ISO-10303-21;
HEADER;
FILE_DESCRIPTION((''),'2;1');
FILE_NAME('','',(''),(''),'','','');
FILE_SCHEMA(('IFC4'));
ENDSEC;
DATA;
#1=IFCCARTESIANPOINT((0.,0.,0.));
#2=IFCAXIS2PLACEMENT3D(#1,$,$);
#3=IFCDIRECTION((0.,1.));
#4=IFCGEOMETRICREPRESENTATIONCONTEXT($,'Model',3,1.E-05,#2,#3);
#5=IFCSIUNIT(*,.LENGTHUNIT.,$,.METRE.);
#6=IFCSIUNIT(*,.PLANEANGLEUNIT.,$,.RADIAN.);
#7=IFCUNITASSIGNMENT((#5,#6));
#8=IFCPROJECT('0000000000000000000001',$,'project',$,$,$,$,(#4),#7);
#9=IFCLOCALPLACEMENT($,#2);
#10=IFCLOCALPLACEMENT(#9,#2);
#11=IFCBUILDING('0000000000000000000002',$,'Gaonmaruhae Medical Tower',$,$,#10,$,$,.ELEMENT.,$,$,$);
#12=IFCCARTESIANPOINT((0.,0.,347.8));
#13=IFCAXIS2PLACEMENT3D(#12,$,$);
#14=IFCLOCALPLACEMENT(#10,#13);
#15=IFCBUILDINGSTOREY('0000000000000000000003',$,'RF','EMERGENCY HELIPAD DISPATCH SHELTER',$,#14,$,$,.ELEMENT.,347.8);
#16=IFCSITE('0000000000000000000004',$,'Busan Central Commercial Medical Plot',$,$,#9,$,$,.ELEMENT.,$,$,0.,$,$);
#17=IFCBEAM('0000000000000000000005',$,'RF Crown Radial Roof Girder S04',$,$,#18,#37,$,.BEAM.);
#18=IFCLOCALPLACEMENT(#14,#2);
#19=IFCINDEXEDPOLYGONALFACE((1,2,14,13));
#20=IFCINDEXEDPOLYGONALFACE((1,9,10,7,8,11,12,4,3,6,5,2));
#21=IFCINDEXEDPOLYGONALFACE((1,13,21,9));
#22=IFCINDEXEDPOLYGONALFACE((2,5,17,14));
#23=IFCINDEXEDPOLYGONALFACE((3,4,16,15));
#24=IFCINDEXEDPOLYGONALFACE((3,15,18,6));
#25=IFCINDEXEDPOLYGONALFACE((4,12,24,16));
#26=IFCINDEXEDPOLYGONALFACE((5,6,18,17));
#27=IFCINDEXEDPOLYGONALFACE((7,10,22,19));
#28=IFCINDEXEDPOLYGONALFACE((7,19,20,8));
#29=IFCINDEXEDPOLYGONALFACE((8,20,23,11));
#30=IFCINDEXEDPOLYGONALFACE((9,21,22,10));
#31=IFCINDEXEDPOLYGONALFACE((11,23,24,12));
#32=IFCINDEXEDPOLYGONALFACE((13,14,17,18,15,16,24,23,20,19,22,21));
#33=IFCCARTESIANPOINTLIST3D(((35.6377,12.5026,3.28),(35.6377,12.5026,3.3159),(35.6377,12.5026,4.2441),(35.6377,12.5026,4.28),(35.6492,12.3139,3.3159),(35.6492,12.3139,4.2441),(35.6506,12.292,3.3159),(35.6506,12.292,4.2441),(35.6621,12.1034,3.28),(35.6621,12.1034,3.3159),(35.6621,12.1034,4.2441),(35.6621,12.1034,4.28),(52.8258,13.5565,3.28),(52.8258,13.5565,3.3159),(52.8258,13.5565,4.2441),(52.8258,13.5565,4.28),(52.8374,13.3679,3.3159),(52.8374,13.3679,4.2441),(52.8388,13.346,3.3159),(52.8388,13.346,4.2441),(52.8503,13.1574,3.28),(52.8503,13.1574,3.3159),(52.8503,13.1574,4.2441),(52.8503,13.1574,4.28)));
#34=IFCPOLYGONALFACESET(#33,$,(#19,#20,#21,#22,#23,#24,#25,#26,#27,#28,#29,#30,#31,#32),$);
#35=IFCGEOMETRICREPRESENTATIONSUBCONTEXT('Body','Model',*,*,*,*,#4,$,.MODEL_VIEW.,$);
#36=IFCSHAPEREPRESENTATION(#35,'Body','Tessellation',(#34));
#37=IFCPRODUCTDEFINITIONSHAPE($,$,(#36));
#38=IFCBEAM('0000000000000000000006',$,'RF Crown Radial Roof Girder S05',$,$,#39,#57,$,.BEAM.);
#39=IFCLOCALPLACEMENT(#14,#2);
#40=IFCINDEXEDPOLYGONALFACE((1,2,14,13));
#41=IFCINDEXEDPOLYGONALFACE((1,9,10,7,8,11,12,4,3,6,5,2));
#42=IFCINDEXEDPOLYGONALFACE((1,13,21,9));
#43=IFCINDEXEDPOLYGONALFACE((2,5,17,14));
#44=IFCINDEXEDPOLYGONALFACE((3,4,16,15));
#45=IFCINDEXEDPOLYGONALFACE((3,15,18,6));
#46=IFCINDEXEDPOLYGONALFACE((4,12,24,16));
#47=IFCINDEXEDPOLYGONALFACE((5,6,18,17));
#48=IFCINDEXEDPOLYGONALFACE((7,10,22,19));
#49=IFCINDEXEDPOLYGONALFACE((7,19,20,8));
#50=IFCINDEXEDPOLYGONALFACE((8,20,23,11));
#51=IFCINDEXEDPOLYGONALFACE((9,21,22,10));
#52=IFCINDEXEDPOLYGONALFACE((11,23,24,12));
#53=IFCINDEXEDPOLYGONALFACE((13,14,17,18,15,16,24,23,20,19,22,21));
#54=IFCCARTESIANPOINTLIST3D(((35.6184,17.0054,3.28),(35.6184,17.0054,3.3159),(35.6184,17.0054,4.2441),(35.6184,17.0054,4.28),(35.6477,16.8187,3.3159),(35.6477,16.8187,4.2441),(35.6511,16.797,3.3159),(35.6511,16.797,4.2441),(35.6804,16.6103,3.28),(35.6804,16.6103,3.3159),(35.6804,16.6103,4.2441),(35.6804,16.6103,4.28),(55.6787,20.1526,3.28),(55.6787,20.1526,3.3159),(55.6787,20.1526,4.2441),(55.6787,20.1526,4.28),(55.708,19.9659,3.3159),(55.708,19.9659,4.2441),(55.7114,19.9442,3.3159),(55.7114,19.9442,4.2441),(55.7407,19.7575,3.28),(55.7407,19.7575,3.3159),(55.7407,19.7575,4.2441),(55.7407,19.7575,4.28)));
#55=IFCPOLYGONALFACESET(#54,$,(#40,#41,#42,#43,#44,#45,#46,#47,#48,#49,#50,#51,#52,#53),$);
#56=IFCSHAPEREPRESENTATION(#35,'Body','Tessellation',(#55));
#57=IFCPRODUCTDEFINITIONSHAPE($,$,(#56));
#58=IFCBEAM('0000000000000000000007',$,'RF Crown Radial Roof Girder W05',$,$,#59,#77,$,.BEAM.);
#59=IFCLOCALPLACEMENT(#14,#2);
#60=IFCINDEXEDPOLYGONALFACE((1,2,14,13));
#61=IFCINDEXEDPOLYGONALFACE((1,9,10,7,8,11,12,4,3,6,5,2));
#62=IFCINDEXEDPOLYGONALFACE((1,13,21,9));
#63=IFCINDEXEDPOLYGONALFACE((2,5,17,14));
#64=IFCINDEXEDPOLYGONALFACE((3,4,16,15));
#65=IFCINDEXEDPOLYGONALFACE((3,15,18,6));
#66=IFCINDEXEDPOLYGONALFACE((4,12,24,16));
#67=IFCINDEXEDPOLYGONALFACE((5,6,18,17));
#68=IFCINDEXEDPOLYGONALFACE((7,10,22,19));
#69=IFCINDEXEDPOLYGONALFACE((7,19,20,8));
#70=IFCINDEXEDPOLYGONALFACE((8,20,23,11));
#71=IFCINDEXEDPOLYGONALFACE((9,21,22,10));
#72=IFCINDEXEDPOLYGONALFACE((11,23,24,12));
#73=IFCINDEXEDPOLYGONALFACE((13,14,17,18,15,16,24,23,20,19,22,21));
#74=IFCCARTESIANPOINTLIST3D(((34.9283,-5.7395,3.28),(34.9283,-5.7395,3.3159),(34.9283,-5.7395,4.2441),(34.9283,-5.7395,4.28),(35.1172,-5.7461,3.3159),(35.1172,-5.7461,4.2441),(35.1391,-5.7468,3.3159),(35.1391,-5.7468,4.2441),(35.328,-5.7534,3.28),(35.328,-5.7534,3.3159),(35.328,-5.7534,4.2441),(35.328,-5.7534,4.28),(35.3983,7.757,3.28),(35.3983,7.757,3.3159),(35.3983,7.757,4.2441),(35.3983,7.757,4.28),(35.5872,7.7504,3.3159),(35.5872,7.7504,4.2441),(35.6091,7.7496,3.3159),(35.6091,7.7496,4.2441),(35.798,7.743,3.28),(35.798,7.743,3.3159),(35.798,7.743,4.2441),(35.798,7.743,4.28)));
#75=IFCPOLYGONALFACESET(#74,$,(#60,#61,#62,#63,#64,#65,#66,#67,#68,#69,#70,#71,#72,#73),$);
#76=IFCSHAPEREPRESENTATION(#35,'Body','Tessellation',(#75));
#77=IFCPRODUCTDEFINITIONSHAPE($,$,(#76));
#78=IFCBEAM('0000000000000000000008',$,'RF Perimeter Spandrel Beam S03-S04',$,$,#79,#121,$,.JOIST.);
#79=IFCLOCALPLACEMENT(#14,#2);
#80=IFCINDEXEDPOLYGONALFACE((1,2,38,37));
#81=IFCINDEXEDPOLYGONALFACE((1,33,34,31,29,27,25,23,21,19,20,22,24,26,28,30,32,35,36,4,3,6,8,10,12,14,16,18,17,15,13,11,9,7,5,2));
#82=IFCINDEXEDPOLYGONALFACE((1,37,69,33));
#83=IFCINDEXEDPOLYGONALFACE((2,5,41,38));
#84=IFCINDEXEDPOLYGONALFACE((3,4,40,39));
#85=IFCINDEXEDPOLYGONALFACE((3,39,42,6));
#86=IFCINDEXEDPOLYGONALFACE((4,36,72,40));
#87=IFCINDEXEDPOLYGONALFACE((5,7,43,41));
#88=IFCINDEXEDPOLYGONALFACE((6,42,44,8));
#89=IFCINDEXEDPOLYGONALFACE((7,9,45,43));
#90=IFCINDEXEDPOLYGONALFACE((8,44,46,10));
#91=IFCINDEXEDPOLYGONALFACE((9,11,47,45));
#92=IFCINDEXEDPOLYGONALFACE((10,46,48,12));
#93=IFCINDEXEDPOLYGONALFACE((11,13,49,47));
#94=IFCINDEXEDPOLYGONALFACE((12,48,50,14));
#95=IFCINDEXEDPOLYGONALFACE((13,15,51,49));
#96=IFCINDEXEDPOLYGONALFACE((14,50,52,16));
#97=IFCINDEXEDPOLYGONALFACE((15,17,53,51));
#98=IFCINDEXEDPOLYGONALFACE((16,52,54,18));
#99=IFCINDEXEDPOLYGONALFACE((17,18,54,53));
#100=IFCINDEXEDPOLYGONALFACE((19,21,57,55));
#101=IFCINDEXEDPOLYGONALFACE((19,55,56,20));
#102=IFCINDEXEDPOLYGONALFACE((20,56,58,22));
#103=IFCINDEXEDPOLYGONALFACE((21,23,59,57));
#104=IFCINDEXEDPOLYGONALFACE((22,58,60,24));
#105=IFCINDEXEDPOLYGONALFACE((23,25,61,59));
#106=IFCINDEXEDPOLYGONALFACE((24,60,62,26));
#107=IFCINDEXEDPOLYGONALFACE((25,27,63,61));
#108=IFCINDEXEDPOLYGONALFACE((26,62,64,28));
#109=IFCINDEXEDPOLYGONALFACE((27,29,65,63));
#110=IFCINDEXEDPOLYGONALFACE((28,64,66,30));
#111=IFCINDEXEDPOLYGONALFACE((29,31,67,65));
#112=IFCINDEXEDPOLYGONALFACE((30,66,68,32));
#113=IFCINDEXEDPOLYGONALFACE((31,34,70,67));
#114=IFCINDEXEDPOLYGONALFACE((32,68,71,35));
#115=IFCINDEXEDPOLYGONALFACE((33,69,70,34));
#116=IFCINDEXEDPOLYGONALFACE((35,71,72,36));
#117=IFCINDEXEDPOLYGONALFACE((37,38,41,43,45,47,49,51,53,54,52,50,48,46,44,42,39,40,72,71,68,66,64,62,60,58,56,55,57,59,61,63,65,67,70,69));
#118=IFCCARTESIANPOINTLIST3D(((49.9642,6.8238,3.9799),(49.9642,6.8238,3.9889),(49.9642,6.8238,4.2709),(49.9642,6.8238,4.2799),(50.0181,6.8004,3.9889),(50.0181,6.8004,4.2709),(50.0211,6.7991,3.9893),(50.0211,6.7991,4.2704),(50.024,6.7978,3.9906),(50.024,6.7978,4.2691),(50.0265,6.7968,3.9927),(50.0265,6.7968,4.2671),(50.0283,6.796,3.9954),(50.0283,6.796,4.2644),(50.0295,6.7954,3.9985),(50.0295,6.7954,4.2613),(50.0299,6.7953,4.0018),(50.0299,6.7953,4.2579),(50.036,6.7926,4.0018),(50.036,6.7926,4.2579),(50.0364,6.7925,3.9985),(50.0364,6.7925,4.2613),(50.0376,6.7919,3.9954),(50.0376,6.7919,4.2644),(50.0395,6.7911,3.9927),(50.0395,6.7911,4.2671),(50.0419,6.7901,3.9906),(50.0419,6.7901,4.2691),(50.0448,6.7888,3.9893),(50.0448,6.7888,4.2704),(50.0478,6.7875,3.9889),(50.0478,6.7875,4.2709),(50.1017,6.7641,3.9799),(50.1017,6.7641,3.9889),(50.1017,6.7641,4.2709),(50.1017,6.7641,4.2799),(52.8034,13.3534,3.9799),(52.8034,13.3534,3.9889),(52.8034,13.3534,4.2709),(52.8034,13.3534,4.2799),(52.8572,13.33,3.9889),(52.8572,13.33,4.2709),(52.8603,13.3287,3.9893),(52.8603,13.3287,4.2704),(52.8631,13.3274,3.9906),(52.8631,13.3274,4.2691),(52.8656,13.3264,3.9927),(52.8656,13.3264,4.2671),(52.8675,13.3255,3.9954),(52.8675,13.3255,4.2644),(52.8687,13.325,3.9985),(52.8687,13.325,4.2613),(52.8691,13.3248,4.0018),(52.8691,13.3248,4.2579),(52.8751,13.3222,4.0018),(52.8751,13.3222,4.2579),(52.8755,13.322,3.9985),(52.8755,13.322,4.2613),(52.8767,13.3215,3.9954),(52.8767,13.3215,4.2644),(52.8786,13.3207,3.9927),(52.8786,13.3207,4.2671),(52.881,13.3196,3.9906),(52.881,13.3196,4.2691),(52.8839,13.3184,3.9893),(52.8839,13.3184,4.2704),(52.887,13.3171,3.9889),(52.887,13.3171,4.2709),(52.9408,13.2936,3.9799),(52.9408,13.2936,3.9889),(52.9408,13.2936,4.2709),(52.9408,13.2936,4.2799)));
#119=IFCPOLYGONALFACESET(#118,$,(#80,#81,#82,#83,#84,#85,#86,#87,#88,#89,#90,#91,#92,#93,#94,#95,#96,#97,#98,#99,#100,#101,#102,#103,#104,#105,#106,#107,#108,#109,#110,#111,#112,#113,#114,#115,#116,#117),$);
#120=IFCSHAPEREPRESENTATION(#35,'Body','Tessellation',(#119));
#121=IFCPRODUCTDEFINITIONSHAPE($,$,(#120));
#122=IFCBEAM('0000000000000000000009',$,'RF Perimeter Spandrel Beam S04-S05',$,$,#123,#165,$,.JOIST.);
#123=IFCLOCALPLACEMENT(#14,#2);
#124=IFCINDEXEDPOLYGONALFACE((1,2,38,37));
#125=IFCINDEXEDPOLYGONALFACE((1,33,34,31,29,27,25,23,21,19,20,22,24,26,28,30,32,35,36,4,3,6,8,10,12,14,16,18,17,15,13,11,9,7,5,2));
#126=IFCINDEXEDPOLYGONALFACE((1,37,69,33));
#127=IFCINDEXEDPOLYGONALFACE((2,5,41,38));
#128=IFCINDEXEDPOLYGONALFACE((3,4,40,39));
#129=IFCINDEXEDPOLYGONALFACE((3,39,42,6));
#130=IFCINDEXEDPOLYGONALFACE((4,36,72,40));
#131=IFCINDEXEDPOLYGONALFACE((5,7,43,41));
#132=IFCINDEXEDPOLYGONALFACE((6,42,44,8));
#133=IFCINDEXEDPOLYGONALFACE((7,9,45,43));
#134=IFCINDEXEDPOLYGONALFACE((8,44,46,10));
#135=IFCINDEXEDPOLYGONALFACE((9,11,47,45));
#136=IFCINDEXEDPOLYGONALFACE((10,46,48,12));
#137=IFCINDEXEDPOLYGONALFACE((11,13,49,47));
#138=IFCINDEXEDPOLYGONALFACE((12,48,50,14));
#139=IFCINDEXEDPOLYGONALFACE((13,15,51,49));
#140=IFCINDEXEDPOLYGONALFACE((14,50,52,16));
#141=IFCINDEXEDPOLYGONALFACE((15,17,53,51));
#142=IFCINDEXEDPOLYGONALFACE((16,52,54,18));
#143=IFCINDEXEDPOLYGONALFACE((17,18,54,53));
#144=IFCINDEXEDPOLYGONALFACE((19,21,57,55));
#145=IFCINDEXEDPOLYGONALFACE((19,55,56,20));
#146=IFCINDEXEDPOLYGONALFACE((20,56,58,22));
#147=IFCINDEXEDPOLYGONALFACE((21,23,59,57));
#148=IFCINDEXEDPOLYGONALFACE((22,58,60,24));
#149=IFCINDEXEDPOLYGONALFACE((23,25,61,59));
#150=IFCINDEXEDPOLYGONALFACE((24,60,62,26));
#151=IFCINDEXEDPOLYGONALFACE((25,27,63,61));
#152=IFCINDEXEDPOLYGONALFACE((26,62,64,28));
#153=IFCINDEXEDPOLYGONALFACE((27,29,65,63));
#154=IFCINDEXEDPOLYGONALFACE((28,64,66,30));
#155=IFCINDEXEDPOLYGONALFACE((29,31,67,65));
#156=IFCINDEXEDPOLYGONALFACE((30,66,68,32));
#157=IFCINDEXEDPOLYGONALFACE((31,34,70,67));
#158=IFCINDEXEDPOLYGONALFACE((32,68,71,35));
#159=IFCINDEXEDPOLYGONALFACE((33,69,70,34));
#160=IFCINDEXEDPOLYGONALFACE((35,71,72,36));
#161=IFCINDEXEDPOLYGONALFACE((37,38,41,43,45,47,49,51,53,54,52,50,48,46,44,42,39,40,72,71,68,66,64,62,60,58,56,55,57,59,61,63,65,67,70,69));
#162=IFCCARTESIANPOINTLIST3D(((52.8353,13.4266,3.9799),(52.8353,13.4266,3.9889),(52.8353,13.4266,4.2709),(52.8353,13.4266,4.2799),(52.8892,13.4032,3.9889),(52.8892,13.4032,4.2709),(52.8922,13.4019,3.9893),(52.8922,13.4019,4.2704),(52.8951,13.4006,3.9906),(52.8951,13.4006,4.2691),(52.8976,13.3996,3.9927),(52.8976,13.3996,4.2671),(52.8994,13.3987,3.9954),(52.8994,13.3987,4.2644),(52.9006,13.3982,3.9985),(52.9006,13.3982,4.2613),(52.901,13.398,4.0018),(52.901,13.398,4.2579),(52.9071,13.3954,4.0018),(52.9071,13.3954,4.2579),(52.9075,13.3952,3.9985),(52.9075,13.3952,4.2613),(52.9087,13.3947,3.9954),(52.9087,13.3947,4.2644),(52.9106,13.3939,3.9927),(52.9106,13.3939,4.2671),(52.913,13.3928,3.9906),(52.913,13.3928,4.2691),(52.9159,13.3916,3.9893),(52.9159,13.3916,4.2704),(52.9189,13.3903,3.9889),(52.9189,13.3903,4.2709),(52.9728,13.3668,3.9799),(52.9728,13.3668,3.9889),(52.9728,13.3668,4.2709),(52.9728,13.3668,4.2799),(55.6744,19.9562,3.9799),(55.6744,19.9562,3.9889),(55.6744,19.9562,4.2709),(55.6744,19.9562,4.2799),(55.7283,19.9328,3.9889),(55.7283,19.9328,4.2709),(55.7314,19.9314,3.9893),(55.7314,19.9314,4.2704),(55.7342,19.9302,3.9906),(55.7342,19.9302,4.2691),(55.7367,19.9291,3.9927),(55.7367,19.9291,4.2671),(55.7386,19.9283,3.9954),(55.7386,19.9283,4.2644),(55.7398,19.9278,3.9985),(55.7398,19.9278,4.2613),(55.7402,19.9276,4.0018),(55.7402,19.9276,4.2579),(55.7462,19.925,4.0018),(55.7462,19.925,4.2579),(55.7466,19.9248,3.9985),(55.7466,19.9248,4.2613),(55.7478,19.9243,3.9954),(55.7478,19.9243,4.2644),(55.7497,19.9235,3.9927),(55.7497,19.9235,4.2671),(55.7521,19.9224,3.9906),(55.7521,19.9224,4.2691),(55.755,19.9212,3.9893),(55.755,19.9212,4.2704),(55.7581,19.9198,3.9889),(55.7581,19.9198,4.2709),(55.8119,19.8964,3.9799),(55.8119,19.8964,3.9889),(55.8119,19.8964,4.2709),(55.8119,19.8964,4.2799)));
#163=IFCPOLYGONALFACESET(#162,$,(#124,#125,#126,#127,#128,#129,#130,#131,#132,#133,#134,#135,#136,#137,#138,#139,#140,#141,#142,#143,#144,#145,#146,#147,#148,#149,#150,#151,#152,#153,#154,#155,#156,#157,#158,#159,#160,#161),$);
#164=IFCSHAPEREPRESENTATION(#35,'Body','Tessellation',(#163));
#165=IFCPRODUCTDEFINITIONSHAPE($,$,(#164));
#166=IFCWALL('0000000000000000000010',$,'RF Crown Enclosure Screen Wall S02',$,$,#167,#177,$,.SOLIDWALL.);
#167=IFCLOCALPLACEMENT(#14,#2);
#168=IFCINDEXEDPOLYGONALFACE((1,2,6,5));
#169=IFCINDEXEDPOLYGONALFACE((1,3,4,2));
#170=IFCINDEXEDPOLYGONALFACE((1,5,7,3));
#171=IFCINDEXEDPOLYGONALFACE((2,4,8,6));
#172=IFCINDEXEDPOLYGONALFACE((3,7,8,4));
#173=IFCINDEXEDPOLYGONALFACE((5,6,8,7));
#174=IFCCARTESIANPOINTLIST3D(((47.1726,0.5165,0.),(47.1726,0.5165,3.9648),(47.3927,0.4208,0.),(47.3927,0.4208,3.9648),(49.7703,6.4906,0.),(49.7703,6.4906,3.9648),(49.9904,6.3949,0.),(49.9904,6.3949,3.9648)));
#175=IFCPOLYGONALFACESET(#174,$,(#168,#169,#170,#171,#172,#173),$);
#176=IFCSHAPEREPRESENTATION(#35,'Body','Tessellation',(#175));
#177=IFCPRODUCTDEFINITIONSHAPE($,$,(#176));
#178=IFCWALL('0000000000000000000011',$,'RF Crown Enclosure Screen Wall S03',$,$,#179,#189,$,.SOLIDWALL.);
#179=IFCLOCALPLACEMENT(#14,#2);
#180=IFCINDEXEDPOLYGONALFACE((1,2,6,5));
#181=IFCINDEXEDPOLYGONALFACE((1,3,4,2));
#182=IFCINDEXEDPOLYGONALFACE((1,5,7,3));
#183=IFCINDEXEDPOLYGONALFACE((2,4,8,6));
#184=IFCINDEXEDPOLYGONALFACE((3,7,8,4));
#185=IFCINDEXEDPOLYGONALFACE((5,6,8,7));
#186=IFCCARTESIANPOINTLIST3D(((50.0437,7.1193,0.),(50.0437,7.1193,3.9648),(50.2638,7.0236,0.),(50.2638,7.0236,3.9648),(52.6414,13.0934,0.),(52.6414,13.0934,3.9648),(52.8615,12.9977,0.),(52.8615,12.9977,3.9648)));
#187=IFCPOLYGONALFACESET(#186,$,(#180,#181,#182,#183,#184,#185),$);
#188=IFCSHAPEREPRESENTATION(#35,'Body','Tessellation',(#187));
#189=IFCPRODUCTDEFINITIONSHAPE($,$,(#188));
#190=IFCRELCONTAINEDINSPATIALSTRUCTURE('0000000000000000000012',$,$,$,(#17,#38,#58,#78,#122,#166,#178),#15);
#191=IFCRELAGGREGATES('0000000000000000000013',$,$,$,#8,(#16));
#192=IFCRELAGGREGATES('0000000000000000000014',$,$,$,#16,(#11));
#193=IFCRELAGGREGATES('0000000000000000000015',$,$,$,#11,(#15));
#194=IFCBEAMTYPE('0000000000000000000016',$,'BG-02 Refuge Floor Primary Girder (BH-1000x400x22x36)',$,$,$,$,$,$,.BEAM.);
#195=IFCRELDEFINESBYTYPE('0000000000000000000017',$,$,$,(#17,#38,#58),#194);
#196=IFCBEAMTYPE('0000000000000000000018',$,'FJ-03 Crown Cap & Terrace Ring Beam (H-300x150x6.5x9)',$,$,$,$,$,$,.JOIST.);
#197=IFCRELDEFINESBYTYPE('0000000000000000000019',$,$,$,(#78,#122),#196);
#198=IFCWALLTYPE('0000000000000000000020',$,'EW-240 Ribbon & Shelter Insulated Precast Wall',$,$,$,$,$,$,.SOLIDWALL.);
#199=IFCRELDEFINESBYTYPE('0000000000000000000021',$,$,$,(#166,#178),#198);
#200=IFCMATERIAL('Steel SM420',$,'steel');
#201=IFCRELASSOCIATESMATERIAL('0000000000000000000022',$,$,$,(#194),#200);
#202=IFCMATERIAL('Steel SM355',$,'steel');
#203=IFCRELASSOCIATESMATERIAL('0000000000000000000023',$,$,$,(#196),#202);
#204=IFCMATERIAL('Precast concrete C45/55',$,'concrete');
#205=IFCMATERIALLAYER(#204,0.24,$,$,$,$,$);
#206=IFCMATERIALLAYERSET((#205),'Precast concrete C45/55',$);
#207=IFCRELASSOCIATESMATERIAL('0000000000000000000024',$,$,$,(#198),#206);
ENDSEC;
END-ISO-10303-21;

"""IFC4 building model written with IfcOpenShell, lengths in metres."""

from ifc_helpers import new_model, si_unit, direction, frame, frame_2d, origin, origin_2d, place, context, subcontext, project, spatial, rectangle, i_section, extrude, material, layer, layer_set, material_profile, profile_set, type_object, element, save


model = new_model("IFC4")

# Units and contexts
model_context = context("Model", 3, precision=1e-05, world=origin(), true_north=direction((0.0, 1.0)))
body_context = subcontext(model_context, "Body", "Model", "MODEL_VIEW")
ifc_project = project(units=[si_unit("LENGTHUNIT", "METRE"), si_unit("PLANEANGLEUNIT", "RADIAN")], contexts=[model_context])

# Site, building, storey
site_placement = place(None, origin())
site = spatial("IfcSite", under=ifc_project, at=site_placement, Name="Busan Central Commercial Medical Plot", CompositionType="ELEMENT", RefElevation=0.0)
building_placement = place(site_placement, origin())
building = spatial("IfcBuilding", under=site, at=building_placement, Name="Gaonmaruhae Medical Tower", CompositionType="ELEMENT")
storey_placement = place(building_placement, frame((0.0, 0.0, 347.8)))
storey = spatial("IfcBuildingStorey", under=building, at=storey_placement, Name="RF", Description="EMERGENCY HELIPAD DISPATCH SHELTER", CompositionType="ELEMENT", Elevation=347.8)

# Shared definitions
ifc_material_1 = material(Name="Steel SM420", Category="steel")

# Beams
ifc_material_profile_1 = material_profile(ifc_material_1, i_section(OverallWidth=0.3999, OverallDepth=1.0, WebThickness=0.022, FlangeThickness=0.0359, at=origin_2d()), Name="BH-1000x400x22x36")
ifc_profile_set_1 = profile_set([ifc_material_profile_1], Name="Steel SM420")
beam_type_1 = type_object("IfcBeamType", Name="BG-02 Refuge Floor Primary Girder (BH-1000x400x22x36)", PredefinedType="BEAM", material=ifc_profile_set_1)
beam_1_placement = place(storey_placement, frame((35.6499, 12.303, 3.78), z_axis=(0.998125, 0.061203, 0.0), x_axis=(-0.061203, 0.998125, 0.0)))
element("IfcBeam", 1, at=beam_1_placement, inside=storey, type_object=beam_type_1, Name="RF Crown Radial Roof Girder S04", PredefinedType="BEAM", context=body_context, shape_type="SweptSolid", body=[
    extrude(i_section(OverallWidth=0.3999, OverallDepth=1.0, WebThickness=0.022, FlangeThickness=0.0359, at=origin_2d()), origin(), (0.0, 0.0, 1.0), 17.2205),
])
beam_2_placement = place(storey_placement, frame((35.6494, 16.8079, 3.78), z_axis=(0.987916, 0.154992, 0.0), x_axis=(-0.154992, 0.987916, 0.0)))
element("IfcBeam", 2, at=beam_2_placement, inside=storey, type_object=beam_type_1, Name="RF Crown Radial Roof Girder S05", PredefinedType="BEAM", context=body_context, shape_type="SweptSolid", body=[
    extrude(i_section(OverallWidth=0.3999, OverallDepth=1.0, WebThickness=0.022, FlangeThickness=0.0359, at=origin_2d()), origin(), (0.0, 0.0, 1.0), 20.3057),
])
beam_3_placement = place(storey_placement, frame((35.5981, 7.75, 3.78), z_axis=(-0.034801, -0.999394, 0.0), x_axis=(0.999394, -0.034801, 0.0)))
element("IfcBeam", 3, at=beam_3_placement, inside=storey, type_object=beam_type_1, Name="RF Crown Radial Roof Girder W05", PredefinedType="BEAM", context=body_context, shape_type="SweptSolid", body=[
    extrude(i_section(OverallWidth=0.3999, OverallDepth=1.0, WebThickness=0.022, FlangeThickness=0.0359, at=origin_2d()), origin(), (0.0, 0.0, 1.0), 13.5046),
])
ifc_material_2 = material(Name="Steel SM355", Category="steel")
ifc_material_profile_2 = material_profile(ifc_material_2, i_section(OverallWidth=0.1499, OverallDepth=0.3, WebThickness=0.0066, FlangeThickness=0.009, FilletRadius=0.0129, at=origin_2d()), Name="H-300x150x6.5x9")
ifc_profile_set_2 = profile_set([ifc_material_profile_2], Name="Steel SM355")
beam_type_2 = type_object("IfcBeamType", Name="FJ-03 Crown Cap & Terrace Ring Beam (H-300x150x6.5x9)", PredefinedType="JOIST", material=ifc_profile_set_2)
for number, where, z_axis, x_axis, name in (
    (4, (50.033, 6.7939, 4.1299), (0.398747, 0.917061, 0.0), (-0.917061, 0.398747, 0.0), "RF Perimeter Spandrel Beam S03-S04"),
    (5, (52.9041, 13.3967, 4.1299), (0.398747, 0.917061, 0.0), (-0.917061, 0.398747, 0.0), "RF Perimeter Spandrel Beam S04-S05"),
):
    element("IfcBeam", number, at=place(storey_placement, frame(where, z_axis=z_axis, x_axis=x_axis)), inside=storey, type_object=beam_type_2, Name=name, PredefinedType="JOIST", context=body_context, shape_type="SweptSolid", body=[
        extrude(i_section(OverallWidth=0.1499, OverallDepth=0.3, WebThickness=0.0066, FlangeThickness=0.009, FilletRadius=0.0129, at=origin_2d()), origin(), (0.0, 0.0, 1.0), 7.1201),
    ])

# Walls
ifc_material_3 = material(Name="Precast concrete C45/55", Category="concrete")
ifc_layer_1 = layer(ifc_material_3, 0.24)
ifc_layer_set_1 = layer_set([ifc_layer_1], Name="Precast concrete C45/55")
wall_type_1 = type_object("IfcWallType", Name="EW-240 Ribbon & Shelter Insulated Precast Wall", PredefinedType="SOLIDWALL", material=ifc_layer_set_1)
for number, where, z_axis, x_axis, name in (
    (6, (49.8804, 6.4429, 0.0), (0.0, 0.0, 1.0), (-0.398754, -0.917058, 0.0), "RF Crown Enclosure Screen Wall S02"),
    (7, (52.7515, 13.0457, 0.0), (0.0, 0.0, 1.0), (-0.398754, -0.917058, 0.0), "RF Crown Enclosure Screen Wall S03"),
):
    element("IfcWall", number, at=place(storey_placement, frame(where, z_axis=z_axis, x_axis=x_axis)), inside=storey, type_object=wall_type_1, Name=name, PredefinedType="SOLIDWALL", context=body_context, shape_type="SweptSolid", body=[
        extrude(rectangle(XDim=6.5144, YDim=0.24, at=frame_2d((3.2573, 0.0))), origin(), (0.0, 0.0, 1.0), 3.9648),
    ])

save(model, "model.ifc")
